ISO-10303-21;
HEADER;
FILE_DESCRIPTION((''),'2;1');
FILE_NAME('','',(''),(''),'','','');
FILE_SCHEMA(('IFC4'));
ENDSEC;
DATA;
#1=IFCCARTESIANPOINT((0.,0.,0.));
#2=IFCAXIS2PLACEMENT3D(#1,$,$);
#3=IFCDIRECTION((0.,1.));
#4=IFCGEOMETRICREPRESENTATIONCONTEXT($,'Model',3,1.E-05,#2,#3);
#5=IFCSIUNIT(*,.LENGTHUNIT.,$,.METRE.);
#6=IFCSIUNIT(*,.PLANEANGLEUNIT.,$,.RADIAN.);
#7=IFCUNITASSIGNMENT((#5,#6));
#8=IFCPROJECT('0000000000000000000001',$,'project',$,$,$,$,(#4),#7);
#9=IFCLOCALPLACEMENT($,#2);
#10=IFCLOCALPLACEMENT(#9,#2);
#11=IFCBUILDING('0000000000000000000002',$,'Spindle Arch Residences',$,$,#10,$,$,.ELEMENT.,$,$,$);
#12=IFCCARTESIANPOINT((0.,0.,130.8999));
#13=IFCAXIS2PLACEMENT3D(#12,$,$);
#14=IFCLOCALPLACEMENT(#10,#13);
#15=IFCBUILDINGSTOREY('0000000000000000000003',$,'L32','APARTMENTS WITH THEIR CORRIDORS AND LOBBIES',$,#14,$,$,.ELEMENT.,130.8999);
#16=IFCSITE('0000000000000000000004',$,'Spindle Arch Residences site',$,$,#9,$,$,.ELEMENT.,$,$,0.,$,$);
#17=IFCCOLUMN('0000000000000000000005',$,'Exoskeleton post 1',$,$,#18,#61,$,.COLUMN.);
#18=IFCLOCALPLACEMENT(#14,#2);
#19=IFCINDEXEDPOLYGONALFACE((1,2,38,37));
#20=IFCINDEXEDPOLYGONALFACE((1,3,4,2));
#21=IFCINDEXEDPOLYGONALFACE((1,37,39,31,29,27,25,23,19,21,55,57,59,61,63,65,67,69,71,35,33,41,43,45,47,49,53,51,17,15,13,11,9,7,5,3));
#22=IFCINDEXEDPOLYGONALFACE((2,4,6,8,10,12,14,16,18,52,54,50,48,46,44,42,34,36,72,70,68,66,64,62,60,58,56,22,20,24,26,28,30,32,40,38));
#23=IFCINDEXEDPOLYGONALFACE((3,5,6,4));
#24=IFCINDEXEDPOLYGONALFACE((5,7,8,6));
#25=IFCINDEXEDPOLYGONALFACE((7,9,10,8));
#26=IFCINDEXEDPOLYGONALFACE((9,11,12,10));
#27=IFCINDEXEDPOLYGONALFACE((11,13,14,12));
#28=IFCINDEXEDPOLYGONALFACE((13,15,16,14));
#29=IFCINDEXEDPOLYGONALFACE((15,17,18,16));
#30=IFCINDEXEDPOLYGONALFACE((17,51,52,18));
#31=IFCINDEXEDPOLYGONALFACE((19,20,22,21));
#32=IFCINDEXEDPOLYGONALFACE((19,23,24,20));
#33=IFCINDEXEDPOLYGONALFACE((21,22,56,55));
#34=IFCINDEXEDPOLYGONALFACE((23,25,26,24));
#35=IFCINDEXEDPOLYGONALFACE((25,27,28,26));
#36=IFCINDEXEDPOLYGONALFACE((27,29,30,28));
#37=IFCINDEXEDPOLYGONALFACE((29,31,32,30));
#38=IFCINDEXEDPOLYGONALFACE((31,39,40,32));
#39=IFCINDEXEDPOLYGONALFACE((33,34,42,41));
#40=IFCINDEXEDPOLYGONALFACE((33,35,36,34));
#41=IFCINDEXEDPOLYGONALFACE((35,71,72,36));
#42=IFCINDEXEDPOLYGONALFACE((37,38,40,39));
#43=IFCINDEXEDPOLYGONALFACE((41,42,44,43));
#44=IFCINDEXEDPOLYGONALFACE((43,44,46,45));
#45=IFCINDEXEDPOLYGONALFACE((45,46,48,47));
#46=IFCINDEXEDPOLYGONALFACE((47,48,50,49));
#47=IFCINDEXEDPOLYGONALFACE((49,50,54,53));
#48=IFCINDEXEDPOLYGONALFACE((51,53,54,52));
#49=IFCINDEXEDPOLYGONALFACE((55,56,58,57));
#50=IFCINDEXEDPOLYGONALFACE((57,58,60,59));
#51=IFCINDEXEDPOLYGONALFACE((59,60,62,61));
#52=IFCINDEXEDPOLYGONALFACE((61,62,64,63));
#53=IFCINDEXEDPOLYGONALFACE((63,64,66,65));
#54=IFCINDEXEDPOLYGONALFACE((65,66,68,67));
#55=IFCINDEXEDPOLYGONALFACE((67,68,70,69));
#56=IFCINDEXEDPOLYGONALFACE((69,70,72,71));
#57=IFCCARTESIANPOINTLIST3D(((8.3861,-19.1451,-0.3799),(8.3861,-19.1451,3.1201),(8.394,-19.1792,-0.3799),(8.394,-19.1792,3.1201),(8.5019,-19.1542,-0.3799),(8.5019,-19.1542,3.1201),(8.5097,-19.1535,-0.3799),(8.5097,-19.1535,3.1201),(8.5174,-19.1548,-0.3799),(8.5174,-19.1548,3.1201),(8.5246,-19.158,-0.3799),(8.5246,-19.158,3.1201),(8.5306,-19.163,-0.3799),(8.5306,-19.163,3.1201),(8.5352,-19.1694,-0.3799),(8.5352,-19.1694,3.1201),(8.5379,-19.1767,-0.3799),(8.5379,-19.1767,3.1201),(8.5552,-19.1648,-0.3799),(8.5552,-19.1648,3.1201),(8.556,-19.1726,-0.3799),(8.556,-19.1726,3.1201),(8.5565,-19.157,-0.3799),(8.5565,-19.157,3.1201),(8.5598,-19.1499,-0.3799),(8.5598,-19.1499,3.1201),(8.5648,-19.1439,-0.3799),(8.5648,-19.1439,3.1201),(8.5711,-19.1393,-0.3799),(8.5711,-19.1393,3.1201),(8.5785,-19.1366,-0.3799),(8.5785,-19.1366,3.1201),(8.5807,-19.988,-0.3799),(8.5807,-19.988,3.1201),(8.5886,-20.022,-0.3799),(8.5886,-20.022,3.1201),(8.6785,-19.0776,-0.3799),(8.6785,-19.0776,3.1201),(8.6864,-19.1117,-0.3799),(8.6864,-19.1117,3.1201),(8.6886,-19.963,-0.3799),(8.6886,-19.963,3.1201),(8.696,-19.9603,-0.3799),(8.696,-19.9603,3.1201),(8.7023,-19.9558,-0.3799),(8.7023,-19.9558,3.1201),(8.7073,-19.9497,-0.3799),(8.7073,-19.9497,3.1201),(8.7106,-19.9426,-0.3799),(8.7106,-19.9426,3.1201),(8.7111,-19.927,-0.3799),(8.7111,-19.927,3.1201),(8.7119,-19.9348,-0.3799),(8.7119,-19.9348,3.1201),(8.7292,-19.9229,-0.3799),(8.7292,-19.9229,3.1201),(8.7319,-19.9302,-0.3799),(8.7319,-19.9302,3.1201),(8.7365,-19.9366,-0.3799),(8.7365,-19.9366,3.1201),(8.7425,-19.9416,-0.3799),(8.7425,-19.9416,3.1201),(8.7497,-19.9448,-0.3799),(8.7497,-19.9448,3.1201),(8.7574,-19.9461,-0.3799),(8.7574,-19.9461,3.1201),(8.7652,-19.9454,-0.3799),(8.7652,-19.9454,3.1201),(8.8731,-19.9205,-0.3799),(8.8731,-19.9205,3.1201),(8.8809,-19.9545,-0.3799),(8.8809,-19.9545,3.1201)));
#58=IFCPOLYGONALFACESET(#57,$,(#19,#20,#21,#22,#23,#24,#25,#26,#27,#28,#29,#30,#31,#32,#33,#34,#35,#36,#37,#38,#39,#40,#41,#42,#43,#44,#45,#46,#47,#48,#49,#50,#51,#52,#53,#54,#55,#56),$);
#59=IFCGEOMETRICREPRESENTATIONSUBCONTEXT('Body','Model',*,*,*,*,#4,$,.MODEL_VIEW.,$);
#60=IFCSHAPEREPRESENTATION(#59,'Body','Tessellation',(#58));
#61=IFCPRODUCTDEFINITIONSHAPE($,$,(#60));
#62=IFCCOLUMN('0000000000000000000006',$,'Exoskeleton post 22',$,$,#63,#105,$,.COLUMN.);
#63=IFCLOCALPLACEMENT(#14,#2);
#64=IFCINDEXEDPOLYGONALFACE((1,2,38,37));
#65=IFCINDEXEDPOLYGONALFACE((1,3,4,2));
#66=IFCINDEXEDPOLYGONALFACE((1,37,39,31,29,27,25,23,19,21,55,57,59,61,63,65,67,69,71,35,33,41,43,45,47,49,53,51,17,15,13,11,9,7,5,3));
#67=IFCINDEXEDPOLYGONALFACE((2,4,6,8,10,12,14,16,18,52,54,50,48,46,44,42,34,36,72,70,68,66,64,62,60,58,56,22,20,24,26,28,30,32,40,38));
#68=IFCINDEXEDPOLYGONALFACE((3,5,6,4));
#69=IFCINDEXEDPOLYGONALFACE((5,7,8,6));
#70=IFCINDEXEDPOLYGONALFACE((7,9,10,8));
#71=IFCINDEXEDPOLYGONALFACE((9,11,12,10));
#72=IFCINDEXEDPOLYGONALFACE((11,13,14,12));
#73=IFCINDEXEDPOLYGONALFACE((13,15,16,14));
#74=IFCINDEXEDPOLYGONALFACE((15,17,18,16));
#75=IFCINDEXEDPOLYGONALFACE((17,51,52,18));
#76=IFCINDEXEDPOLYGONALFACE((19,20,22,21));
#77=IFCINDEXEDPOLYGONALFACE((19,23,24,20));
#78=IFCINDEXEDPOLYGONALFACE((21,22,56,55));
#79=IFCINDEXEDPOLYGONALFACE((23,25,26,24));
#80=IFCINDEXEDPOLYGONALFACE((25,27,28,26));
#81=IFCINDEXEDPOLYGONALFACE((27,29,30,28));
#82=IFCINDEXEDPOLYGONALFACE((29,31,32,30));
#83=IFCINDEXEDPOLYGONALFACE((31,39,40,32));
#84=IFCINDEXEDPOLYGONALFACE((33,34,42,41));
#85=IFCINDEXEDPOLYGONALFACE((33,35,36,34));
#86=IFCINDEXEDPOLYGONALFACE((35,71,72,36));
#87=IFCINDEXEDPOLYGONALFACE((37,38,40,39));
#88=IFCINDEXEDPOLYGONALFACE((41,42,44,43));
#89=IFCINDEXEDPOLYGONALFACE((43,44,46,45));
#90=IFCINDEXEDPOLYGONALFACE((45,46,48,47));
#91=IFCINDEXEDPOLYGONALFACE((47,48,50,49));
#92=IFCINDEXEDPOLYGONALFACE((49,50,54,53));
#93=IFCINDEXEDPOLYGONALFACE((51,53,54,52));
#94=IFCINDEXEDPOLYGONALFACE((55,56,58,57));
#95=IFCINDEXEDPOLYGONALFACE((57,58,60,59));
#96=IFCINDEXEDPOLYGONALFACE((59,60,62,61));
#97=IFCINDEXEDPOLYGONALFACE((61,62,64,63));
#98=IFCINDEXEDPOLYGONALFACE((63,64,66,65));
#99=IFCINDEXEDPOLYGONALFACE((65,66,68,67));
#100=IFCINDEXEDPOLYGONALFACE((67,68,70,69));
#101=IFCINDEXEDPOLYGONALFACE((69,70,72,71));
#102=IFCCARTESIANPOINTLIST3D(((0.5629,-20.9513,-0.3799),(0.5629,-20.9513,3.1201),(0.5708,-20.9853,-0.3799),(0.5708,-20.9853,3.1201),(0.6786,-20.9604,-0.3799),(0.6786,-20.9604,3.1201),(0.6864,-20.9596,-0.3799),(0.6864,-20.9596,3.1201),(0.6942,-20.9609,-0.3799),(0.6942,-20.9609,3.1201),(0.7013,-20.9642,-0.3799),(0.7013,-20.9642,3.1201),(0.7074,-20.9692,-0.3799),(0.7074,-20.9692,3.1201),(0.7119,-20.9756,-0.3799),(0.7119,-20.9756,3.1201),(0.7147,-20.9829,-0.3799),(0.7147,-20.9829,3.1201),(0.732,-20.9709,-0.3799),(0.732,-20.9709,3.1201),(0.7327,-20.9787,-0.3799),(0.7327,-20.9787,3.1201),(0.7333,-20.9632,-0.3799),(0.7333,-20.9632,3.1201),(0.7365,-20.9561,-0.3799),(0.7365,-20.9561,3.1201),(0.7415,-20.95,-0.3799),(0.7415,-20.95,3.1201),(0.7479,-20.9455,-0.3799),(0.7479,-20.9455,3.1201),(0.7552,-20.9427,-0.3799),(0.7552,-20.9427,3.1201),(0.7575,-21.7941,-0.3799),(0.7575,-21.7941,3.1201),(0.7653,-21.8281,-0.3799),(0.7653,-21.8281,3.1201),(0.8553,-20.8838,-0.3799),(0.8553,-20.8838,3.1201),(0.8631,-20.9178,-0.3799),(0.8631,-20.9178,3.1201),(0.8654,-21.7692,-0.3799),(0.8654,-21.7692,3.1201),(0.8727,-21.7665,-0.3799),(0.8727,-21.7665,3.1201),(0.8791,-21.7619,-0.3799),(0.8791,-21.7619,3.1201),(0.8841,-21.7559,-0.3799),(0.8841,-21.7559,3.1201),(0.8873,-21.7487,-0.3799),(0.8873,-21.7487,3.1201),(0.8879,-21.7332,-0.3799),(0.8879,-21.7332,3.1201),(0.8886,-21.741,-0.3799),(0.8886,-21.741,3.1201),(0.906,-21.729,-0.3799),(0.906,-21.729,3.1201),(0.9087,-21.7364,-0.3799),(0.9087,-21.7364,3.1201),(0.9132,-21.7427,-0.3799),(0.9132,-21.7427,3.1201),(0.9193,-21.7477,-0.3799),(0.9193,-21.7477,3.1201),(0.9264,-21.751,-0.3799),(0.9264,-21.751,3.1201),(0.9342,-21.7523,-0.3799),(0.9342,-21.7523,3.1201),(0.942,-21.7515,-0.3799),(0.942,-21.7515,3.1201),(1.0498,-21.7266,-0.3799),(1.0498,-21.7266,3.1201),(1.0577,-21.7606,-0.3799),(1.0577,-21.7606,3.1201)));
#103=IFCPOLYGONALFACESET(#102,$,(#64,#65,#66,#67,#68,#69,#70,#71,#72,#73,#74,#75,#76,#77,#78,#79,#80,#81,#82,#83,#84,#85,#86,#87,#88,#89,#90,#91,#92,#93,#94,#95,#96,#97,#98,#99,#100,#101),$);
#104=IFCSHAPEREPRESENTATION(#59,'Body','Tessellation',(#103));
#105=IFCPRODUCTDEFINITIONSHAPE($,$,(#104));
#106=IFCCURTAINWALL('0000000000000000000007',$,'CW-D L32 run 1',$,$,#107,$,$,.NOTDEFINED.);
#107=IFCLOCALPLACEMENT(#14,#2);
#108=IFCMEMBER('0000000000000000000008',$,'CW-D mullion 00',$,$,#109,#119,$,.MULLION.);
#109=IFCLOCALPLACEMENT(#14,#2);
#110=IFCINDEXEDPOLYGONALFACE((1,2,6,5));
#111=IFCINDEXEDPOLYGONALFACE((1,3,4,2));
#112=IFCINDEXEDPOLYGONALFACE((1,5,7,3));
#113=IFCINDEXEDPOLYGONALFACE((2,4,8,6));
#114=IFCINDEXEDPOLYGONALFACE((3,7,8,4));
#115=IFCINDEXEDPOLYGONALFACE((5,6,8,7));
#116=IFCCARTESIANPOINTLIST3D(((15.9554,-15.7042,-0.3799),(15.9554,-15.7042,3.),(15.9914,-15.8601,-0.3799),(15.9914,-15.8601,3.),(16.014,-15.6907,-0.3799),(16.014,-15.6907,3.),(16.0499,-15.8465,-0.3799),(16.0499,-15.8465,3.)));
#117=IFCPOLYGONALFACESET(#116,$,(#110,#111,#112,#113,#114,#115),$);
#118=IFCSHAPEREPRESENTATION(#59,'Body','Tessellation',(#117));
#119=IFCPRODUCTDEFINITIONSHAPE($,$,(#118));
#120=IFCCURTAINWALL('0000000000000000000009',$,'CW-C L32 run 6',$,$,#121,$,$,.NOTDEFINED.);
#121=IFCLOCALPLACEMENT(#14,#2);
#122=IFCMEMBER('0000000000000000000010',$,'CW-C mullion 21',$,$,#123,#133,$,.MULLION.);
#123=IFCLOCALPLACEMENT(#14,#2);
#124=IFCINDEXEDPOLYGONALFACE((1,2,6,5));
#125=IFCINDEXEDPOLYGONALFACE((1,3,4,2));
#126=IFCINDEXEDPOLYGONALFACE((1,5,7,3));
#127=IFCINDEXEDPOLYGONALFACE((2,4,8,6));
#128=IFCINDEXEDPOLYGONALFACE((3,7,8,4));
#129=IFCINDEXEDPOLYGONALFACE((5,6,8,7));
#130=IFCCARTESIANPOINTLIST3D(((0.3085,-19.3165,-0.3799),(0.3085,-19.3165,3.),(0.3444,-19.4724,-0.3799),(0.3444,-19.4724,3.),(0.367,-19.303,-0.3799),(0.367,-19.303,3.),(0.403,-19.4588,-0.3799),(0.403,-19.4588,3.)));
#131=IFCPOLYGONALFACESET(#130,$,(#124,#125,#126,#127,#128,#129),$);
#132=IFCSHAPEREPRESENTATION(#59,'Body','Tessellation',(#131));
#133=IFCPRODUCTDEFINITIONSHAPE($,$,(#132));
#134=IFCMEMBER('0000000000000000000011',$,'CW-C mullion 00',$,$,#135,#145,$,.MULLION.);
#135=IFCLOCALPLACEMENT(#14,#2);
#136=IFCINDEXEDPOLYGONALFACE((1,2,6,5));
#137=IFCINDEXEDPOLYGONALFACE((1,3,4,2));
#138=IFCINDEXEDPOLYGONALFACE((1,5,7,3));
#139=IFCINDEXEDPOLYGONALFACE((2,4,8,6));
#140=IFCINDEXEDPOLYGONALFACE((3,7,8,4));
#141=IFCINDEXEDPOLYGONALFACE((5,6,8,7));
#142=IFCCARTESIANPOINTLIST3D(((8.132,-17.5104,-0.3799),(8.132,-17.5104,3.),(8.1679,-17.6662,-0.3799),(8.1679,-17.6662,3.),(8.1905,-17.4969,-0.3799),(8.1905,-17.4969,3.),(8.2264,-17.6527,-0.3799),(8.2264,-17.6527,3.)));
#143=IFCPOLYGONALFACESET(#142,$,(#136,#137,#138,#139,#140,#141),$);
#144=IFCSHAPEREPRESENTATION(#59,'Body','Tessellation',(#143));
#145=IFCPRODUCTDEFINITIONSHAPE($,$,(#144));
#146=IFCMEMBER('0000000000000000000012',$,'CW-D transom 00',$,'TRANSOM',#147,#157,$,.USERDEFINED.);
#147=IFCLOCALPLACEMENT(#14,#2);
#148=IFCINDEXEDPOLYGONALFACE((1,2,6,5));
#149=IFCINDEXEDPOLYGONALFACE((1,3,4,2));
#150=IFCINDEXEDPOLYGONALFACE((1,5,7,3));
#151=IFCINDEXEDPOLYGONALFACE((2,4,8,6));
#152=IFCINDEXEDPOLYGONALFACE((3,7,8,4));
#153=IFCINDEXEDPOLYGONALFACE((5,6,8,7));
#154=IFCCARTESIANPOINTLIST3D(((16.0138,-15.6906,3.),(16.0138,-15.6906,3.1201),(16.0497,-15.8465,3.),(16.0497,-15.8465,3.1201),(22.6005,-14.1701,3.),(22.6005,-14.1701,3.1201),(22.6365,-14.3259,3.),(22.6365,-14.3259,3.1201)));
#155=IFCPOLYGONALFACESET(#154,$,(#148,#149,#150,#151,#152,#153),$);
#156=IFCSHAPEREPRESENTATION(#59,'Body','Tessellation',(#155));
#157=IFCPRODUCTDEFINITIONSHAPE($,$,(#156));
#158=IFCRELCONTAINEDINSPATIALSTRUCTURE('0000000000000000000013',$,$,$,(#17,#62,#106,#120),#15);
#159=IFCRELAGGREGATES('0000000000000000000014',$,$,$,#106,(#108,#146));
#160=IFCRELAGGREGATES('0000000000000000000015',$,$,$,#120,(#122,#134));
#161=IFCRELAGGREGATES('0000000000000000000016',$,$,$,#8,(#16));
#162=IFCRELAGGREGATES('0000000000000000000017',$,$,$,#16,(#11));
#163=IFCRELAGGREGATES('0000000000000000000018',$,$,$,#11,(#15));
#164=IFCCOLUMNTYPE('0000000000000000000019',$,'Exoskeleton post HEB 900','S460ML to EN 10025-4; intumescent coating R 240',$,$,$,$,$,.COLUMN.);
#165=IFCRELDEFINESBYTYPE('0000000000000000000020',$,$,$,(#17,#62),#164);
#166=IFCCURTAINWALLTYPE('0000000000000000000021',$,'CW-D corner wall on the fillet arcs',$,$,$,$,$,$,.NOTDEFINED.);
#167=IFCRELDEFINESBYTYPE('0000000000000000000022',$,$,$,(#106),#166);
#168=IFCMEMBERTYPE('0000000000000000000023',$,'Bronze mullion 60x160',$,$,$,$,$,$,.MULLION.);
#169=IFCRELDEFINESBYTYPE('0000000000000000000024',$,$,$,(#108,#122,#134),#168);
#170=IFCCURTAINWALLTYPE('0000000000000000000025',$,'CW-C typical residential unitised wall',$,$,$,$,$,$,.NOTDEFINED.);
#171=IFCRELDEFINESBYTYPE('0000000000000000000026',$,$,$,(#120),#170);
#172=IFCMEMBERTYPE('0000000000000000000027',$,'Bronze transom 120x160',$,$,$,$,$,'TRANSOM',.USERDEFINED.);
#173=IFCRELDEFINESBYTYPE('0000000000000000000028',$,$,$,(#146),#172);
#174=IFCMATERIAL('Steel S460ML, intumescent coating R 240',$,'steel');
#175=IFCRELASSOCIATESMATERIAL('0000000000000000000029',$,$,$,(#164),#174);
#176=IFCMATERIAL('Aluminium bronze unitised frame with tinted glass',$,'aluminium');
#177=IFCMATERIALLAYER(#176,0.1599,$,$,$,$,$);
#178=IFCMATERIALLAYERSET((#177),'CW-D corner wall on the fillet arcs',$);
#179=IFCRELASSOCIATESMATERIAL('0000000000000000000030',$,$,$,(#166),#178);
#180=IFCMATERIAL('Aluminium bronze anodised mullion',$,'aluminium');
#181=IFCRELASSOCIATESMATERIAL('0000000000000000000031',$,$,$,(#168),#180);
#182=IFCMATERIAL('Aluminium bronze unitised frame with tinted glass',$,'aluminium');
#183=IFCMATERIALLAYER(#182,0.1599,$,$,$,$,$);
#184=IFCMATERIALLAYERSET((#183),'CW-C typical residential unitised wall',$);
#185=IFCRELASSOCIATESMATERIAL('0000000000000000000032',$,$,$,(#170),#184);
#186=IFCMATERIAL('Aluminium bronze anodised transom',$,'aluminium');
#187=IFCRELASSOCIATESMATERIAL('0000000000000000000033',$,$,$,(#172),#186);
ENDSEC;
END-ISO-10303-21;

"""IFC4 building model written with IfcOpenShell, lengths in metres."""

from ifc_helpers import new_model, si_unit, direction, frame, origin, origin_2d, place, context, subcontext, project, spatial, rectangle, i_section, extrude, material, layer, layer_set, material_profile, profile_set, type_object, element, aggregate, save


model = new_model("IFC4")

# Units and contexts
model_context = context("Model", 3, precision=1e-05, world=origin(), true_north=direction((0.0, 1.0)))
body_context = subcontext(model_context, "Body", "Model", "MODEL_VIEW")
ifc_project = project(units=[si_unit("LENGTHUNIT", "METRE"), si_unit("PLANEANGLEUNIT", "RADIAN")], contexts=[model_context])

# Site, building, storey
site_placement = place(None, origin())
site = spatial("IfcSite", under=ifc_project, at=site_placement, Name="Spindle Arch Residences site", CompositionType="ELEMENT", RefElevation=0.0)
building_placement = place(site_placement, origin())
building = spatial("IfcBuilding", under=site, at=building_placement, Name="Spindle Arch Residences", CompositionType="ELEMENT")
storey_placement = place(building_placement, frame((0.0, 0.0, 130.8999)))
storey = spatial("IfcBuildingStorey", under=building, at=storey_placement, Name="L32", Description="APARTMENTS WITH THEIR CORRIDORS AND LOBBIES", CompositionType="ELEMENT", Elevation=130.8999)

# Columns
ifc_material_1 = material(Name="Steel S460ML, intumescent coating R 240", Category="steel")
ifc_material_profile_1 = material_profile(ifc_material_1, i_section(OverallWidth=0.3, OverallDepth=0.8999, WebThickness=0.0186, FlangeThickness=0.0349, FilletRadius=0.03, at=origin_2d()), Name="HEB 900")
ifc_profile_set_1 = profile_set([ifc_material_profile_1], Name="Steel S460ML, intumescent coating R 240")
column_type = type_object("IfcColumnType", Name="Exoskeleton post HEB 900", Description="S460ML to EN 10025-4; intumescent coating R 240", PredefinedType="COLUMN", material=ifc_profile_set_1)
for number, where, z_axis, x_axis, name in (
    (1, (8.6335, -19.5498, -0.3799), (0.0, 0.0, 1.0), (-0.97437, -0.224951, 0.0), "Exoskeleton post 1"),
    (2, (0.8103, -21.356, -0.3799), (0.0, 0.0, 1.0), (-0.97437, -0.224951, 0.0), "Exoskeleton post 22"),
):
    element("IfcColumn", number, at=place(storey_placement, frame(where, z_axis=z_axis, x_axis=x_axis)), inside=storey, type_object=column_type, Name=name, PredefinedType="COLUMN", context=body_context, shape_type="SweptSolid", body=[
        extrude(i_section(OverallWidth=0.3, OverallDepth=0.8999, WebThickness=0.0186, FlangeThickness=0.0349, FilletRadius=0.03, at=origin_2d()), origin(), (0.0, 0.0, 1.0), 3.5),
    ])

# Curtain wall, member
ifc_material_2 = material(Name="Aluminium bronze unitised frame with tinted glass", Category="aluminium")
ifc_layer_1 = layer(ifc_material_2, 0.1599)
ifc_layer_set_1 = layer_set([ifc_layer_1], Name="CW-D corner wall on the fillet arcs")
curtain_wall_type_1 = type_object("IfcCurtainWallType", Name="CW-D corner wall on the fillet arcs", PredefinedType="NOTDEFINED", material=ifc_layer_set_1)
curtain_wall_1_placement = place(storey_placement, origin())
curtain_wall_1 = element("IfcCurtainWall", 3, at=curtain_wall_1_placement, inside=storey, type_object=curtain_wall_type_1, Name="CW-D L32 run 1", PredefinedType="NOTDEFINED")
ifc_material_3 = material(Name="Aluminium bronze anodised mullion", Category="aluminium")
ifc_material_profile_2 = material_profile(ifc_material_3, rectangle(XDim=0.1599, YDim=0.0601, at=origin_2d()), Name="MU 60x160")
ifc_profile_set_2 = profile_set([ifc_material_profile_2], Name="Aluminium bronze anodised mullion")
member_type_1 = type_object("IfcMemberType", Name="Bronze mullion 60x160", PredefinedType="MULLION", material=ifc_profile_set_2)
member_1_placement = place(storey_placement, frame((16.0027, -15.7754, -0.3799), z_axis=(0.0, 0.0, 1.0), x_axis=(-0.224951, 0.97437, 0.0)))
member_1 = element("IfcMember", 4, at=member_1_placement, type_object=member_type_1, Name="CW-D mullion 00", PredefinedType="MULLION", context=body_context, shape_type="SweptSolid", body=[
    extrude(rectangle(XDim=0.1599, YDim=0.0601, at=origin_2d()), origin(), (0.0, 0.0, 1.0), 3.3799),
])

# Curtain wall, members
ifc_material_4 = material(Name="Aluminium bronze unitised frame with tinted glass", Category="aluminium")
ifc_layer_2 = layer(ifc_material_4, 0.1599)
ifc_layer_set_2 = layer_set([ifc_layer_2], Name="CW-C typical residential unitised wall")
curtain_wall_type_2 = type_object("IfcCurtainWallType", Name="CW-C typical residential unitised wall", PredefinedType="NOTDEFINED", material=ifc_layer_set_2)
curtain_wall_2_placement = place(storey_placement, origin())
curtain_wall_2 = element("IfcCurtainWall", 5, at=curtain_wall_2_placement, inside=storey, type_object=curtain_wall_type_2, Name="CW-C L32 run 6", PredefinedType="NOTDEFINED")
member_2_placement = place(storey_placement, frame((0.3557, -19.3877, -0.3799), z_axis=(0.0, 0.0, 1.0), x_axis=(-0.224951, 0.97437, 0.0)))
member_2 = element("IfcMember", 6, at=member_2_placement, type_object=member_type_1, Name="CW-C mullion 21", PredefinedType="MULLION", context=body_context, shape_type="SweptSolid", body=[
    extrude(rectangle(XDim=0.1599, YDim=0.0601, at=origin_2d()), origin(), (0.0, 0.0, 1.0), 3.3799),
])
member_3_placement = place(storey_placement, frame((8.1792, -17.5815, -0.3799), z_axis=(0.0, 0.0, 1.0), x_axis=(-0.224951, 0.97437, 0.0)))
member_3 = element("IfcMember", 7, at=member_3_placement, type_object=member_type_1, Name="CW-C mullion 00", PredefinedType="MULLION", context=body_context, shape_type="SweptSolid", body=[
    extrude(rectangle(XDim=0.1599, YDim=0.0601, at=origin_2d()), origin(), (0.0, 0.0, 1.0), 3.3799),
])

# Member
ifc_material_5 = material(Name="Aluminium bronze anodised transom", Category="aluminium")
ifc_material_profile_3 = material_profile(ifc_material_5, rectangle(XDim=0.1599, YDim=0.1201, at=origin_2d()), Name="TR 120x160")
ifc_profile_set_3 = profile_set([ifc_material_profile_3], Name="Aluminium bronze anodised transom")
member_type_2 = type_object("IfcMemberType", Name="Bronze transom 120x160", ElementType="TRANSOM", PredefinedType="USERDEFINED", material=ifc_profile_set_3)
member_4_placement = place(storey_placement, frame((16.0317, -15.7686, 3.0601), z_axis=(0.974375, 0.224931, 0.0), x_axis=(-0.224931, 0.974375, 0.0)))
member_4 = element("IfcMember", 8, at=member_4_placement, type_object=member_type_2, Name="CW-D transom 00", ObjectType="TRANSOM", PredefinedType="USERDEFINED", context=body_context, shape_type="SweptSolid", body=[
    extrude(rectangle(XDim=0.1599, YDim=0.1201, at=origin_2d()), origin(), (0.0, 0.0, 1.0), 6.76),
])
aggregate(curtain_wall_1, [member_1, member_4])

aggregate(curtain_wall_2, [member_2, member_3])

save(model, "model.ifc")
